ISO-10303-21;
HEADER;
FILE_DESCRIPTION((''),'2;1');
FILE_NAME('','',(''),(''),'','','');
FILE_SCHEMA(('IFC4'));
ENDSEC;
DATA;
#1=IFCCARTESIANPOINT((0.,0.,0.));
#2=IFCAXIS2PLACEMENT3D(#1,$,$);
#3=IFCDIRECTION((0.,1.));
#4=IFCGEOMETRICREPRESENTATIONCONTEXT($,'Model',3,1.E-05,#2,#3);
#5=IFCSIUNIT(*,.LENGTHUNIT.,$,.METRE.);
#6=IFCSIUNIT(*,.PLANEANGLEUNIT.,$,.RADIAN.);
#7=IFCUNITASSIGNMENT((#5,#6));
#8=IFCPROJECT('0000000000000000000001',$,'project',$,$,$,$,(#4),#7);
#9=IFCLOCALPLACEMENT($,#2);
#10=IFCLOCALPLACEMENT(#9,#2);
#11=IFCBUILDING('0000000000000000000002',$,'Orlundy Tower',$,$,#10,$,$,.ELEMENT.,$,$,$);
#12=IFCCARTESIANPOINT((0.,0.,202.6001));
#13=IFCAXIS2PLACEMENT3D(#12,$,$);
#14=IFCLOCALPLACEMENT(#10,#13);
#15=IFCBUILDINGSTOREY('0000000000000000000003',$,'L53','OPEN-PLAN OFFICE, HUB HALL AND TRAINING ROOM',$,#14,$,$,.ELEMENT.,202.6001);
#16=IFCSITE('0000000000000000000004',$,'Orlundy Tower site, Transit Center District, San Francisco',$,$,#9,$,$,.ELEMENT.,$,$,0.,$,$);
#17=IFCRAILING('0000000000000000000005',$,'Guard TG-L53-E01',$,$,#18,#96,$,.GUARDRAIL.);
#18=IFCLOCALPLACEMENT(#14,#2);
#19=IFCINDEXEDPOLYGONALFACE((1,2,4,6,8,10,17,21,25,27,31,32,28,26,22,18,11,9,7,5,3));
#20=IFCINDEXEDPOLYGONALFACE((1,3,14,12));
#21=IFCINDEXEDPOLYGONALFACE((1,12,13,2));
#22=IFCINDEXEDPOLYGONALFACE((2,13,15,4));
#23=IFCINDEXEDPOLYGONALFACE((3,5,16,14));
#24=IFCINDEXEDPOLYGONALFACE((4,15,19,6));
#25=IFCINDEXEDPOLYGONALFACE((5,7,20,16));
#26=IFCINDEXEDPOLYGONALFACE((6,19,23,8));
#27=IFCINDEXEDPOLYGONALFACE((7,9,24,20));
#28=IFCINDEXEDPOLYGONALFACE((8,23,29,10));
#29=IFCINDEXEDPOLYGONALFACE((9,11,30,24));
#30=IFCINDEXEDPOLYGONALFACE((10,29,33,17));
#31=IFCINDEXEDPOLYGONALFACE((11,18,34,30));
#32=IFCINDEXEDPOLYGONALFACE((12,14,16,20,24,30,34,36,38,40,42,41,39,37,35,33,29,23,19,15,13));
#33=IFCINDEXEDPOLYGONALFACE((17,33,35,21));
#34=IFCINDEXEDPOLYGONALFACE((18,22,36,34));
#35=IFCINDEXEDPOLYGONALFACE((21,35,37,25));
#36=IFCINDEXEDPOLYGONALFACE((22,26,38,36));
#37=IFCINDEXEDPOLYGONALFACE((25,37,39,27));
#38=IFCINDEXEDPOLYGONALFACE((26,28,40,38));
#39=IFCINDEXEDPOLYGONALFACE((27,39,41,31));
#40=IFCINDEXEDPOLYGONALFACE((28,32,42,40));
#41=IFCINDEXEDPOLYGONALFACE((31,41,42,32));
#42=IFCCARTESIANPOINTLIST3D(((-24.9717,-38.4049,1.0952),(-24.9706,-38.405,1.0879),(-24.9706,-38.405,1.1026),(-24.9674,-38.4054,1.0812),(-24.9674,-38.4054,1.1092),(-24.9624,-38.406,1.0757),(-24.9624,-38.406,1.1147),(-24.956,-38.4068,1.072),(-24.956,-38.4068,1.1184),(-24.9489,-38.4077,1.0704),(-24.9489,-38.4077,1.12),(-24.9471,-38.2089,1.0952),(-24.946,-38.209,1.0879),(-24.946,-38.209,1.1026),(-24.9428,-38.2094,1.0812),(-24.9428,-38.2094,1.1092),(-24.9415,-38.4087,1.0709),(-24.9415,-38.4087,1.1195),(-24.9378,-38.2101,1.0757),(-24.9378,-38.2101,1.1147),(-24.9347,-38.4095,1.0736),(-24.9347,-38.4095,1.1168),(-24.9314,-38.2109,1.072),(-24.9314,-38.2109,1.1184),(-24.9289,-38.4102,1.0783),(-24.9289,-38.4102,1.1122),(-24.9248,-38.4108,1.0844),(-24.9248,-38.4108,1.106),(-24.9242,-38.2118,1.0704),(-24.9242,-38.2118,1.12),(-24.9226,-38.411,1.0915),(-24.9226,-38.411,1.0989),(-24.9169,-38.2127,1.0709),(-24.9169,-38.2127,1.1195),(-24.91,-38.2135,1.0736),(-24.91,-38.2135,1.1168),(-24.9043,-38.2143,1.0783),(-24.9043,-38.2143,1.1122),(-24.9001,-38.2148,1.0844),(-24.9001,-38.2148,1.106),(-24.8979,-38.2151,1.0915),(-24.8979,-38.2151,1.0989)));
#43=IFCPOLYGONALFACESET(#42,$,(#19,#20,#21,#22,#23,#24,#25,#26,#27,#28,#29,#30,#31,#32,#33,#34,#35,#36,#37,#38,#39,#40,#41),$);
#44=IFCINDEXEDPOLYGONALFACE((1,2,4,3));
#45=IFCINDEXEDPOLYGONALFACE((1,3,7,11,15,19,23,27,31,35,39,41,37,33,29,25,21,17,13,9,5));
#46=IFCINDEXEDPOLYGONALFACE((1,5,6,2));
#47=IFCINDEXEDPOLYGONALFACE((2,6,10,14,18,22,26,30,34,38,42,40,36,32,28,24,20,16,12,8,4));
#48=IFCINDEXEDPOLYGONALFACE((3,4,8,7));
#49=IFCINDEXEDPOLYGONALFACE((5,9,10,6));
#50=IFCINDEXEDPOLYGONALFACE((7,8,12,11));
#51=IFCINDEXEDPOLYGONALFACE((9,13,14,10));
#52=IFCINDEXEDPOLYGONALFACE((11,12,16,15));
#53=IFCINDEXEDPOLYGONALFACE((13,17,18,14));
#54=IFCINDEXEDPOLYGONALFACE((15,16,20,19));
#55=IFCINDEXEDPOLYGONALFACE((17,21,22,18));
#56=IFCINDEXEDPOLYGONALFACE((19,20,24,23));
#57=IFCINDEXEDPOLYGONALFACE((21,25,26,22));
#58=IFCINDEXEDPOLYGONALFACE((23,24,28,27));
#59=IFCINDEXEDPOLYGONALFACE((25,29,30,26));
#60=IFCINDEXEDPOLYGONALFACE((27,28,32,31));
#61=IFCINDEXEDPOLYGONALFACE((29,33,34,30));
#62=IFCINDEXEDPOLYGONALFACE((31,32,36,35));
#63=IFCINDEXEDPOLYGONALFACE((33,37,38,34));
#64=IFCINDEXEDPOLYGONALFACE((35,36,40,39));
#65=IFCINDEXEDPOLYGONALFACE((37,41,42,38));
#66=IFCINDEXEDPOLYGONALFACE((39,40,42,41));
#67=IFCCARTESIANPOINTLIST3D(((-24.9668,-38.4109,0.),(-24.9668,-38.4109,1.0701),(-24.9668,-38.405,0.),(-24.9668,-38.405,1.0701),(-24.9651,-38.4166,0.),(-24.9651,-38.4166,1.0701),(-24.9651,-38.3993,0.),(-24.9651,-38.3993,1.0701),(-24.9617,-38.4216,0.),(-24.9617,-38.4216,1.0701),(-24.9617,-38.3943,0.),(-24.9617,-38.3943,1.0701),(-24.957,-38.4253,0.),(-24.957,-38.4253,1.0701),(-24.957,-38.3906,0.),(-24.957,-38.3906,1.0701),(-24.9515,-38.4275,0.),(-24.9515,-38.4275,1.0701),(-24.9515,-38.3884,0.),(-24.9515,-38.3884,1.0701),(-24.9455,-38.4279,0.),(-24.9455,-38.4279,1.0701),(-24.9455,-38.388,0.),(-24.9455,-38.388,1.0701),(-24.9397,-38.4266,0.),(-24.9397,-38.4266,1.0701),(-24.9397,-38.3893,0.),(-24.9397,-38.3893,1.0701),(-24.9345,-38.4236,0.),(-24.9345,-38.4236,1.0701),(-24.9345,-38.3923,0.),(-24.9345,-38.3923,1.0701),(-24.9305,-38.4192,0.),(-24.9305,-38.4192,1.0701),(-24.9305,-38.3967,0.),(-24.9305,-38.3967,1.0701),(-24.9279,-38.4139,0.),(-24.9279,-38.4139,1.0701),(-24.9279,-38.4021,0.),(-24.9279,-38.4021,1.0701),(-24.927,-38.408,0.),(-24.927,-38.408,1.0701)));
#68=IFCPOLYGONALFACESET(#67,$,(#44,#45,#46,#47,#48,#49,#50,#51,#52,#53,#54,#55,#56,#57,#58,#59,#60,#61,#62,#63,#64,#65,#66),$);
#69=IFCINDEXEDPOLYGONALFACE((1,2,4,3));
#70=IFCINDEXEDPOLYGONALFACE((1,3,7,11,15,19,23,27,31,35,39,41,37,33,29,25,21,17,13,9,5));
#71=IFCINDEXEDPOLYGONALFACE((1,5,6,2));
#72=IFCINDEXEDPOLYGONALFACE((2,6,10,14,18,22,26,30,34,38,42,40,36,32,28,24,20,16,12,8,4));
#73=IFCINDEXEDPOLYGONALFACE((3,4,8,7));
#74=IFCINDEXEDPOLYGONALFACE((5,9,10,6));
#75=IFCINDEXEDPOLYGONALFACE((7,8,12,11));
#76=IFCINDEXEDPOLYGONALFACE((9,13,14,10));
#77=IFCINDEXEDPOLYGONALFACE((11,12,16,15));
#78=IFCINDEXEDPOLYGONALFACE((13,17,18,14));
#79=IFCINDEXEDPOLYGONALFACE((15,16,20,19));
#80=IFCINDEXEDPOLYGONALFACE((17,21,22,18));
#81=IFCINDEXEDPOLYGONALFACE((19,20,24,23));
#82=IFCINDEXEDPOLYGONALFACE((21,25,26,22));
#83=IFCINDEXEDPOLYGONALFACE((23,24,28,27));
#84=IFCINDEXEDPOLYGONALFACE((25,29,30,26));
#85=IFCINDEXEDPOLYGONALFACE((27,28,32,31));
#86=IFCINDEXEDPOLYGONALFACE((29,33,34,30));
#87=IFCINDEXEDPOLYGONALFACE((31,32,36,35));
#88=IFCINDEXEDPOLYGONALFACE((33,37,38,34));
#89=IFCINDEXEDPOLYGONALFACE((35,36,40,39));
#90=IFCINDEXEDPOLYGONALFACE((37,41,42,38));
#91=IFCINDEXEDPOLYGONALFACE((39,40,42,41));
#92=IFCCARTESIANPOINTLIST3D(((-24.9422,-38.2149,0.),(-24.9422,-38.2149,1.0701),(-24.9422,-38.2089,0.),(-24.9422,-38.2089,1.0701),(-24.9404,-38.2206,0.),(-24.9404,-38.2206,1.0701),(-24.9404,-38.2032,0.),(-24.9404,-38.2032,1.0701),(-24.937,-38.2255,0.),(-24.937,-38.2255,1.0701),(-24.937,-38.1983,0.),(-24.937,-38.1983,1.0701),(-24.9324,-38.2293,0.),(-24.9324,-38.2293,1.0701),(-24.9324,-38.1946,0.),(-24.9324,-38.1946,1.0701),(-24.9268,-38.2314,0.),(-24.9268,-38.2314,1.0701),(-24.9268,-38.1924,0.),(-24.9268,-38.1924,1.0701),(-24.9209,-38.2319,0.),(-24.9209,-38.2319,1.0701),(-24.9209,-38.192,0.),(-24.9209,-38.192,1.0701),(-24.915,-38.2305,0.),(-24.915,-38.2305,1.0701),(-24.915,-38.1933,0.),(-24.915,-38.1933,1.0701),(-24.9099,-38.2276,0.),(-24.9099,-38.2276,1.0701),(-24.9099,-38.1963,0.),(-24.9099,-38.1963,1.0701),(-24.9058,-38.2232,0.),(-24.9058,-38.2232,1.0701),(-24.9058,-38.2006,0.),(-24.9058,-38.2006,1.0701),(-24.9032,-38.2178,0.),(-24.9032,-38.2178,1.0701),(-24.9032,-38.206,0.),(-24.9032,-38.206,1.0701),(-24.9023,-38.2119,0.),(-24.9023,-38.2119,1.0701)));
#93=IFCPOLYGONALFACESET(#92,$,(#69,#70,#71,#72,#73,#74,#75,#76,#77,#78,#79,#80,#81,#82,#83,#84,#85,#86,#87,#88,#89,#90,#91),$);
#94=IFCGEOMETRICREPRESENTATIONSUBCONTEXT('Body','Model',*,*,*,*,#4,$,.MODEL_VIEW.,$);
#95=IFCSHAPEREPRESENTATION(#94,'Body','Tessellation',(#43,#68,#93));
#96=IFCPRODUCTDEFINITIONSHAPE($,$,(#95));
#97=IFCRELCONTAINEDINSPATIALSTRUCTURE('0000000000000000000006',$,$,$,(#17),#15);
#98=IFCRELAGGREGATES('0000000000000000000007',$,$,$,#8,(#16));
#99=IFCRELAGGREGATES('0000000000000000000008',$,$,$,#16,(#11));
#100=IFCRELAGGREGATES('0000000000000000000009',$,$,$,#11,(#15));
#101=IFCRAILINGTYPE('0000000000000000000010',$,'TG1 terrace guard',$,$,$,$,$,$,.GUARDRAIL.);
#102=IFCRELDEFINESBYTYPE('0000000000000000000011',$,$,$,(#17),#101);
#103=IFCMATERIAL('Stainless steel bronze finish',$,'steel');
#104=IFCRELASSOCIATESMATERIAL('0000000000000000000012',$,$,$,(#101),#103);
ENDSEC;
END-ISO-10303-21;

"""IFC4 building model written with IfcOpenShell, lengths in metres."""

from ifc_helpers import new_model, si_unit, direction, frame, origin, origin_2d, place, context, subcontext, project, spatial, circle, extrude, material, type_object, element, save


model = new_model("IFC4")

# Units and contexts
model_context = context("Model", 3, precision=1e-05, world=origin(), true_north=direction((0.0, 1.0)))
body_context = subcontext(model_context, "Body", "Model", "MODEL_VIEW")
ifc_project = project(units=[si_unit("LENGTHUNIT", "METRE"), si_unit("PLANEANGLEUNIT", "RADIAN")], contexts=[model_context])

# Site, building, storey
site_placement = place(None, origin())
site = spatial("IfcSite", under=ifc_project, at=site_placement, Name="Orlundy Tower site, Transit Center District, San Francisco", CompositionType="ELEMENT", RefElevation=0.0)
building_placement = place(site_placement, origin())
building = spatial("IfcBuilding", under=site, at=building_placement, Name="Orlundy Tower", CompositionType="ELEMENT")
storey_placement = place(building_placement, frame((0.0, 0.0, 202.6001)))
storey = spatial("IfcBuildingStorey", under=building, at=storey_placement, Name="L53", Description="OPEN-PLAN OFFICE, HUB HALL AND TRAINING ROOM", CompositionType="ELEMENT", Elevation=202.6001)

# Railing
ifc_material_1 = material(Name="Stainless steel bronze finish", Category="steel")
railing_type = type_object("IfcRailingType", Name="TG1 terrace guard", PredefinedType="GUARDRAIL", material=ifc_material_1)
railing_placement = place(storey_placement, frame((-24.947, -38.408, 0.0)))
element("IfcRailing", 1, at=railing_placement, inside=storey, type_object=railing_type, Name="Guard TG-L53-E01", PredefinedType="GUARDRAIL", context=body_context, shape_type="SweptSolid", body=[
    extrude(circle(Radius=0.0249, at=origin_2d()), frame((0.0, 0.0, 1.0952), z_axis=(0.124795, 0.992183, 0.0), x_axis=(-0.992183, 0.124795, 0.0)), (0.0, 0.0, 1.0), 0.1975),
    extrude(circle(Radius=0.02, at=origin_2d()), origin(), (0.0, 0.0, 1.0), 1.0701),
    extrude(circle(Radius=0.02, at=origin_2d()), frame((0.0247, 0.196, 0.0)), (0.0, 0.0, 1.0), 1.0701),
])

save(model, "model.ifc")
